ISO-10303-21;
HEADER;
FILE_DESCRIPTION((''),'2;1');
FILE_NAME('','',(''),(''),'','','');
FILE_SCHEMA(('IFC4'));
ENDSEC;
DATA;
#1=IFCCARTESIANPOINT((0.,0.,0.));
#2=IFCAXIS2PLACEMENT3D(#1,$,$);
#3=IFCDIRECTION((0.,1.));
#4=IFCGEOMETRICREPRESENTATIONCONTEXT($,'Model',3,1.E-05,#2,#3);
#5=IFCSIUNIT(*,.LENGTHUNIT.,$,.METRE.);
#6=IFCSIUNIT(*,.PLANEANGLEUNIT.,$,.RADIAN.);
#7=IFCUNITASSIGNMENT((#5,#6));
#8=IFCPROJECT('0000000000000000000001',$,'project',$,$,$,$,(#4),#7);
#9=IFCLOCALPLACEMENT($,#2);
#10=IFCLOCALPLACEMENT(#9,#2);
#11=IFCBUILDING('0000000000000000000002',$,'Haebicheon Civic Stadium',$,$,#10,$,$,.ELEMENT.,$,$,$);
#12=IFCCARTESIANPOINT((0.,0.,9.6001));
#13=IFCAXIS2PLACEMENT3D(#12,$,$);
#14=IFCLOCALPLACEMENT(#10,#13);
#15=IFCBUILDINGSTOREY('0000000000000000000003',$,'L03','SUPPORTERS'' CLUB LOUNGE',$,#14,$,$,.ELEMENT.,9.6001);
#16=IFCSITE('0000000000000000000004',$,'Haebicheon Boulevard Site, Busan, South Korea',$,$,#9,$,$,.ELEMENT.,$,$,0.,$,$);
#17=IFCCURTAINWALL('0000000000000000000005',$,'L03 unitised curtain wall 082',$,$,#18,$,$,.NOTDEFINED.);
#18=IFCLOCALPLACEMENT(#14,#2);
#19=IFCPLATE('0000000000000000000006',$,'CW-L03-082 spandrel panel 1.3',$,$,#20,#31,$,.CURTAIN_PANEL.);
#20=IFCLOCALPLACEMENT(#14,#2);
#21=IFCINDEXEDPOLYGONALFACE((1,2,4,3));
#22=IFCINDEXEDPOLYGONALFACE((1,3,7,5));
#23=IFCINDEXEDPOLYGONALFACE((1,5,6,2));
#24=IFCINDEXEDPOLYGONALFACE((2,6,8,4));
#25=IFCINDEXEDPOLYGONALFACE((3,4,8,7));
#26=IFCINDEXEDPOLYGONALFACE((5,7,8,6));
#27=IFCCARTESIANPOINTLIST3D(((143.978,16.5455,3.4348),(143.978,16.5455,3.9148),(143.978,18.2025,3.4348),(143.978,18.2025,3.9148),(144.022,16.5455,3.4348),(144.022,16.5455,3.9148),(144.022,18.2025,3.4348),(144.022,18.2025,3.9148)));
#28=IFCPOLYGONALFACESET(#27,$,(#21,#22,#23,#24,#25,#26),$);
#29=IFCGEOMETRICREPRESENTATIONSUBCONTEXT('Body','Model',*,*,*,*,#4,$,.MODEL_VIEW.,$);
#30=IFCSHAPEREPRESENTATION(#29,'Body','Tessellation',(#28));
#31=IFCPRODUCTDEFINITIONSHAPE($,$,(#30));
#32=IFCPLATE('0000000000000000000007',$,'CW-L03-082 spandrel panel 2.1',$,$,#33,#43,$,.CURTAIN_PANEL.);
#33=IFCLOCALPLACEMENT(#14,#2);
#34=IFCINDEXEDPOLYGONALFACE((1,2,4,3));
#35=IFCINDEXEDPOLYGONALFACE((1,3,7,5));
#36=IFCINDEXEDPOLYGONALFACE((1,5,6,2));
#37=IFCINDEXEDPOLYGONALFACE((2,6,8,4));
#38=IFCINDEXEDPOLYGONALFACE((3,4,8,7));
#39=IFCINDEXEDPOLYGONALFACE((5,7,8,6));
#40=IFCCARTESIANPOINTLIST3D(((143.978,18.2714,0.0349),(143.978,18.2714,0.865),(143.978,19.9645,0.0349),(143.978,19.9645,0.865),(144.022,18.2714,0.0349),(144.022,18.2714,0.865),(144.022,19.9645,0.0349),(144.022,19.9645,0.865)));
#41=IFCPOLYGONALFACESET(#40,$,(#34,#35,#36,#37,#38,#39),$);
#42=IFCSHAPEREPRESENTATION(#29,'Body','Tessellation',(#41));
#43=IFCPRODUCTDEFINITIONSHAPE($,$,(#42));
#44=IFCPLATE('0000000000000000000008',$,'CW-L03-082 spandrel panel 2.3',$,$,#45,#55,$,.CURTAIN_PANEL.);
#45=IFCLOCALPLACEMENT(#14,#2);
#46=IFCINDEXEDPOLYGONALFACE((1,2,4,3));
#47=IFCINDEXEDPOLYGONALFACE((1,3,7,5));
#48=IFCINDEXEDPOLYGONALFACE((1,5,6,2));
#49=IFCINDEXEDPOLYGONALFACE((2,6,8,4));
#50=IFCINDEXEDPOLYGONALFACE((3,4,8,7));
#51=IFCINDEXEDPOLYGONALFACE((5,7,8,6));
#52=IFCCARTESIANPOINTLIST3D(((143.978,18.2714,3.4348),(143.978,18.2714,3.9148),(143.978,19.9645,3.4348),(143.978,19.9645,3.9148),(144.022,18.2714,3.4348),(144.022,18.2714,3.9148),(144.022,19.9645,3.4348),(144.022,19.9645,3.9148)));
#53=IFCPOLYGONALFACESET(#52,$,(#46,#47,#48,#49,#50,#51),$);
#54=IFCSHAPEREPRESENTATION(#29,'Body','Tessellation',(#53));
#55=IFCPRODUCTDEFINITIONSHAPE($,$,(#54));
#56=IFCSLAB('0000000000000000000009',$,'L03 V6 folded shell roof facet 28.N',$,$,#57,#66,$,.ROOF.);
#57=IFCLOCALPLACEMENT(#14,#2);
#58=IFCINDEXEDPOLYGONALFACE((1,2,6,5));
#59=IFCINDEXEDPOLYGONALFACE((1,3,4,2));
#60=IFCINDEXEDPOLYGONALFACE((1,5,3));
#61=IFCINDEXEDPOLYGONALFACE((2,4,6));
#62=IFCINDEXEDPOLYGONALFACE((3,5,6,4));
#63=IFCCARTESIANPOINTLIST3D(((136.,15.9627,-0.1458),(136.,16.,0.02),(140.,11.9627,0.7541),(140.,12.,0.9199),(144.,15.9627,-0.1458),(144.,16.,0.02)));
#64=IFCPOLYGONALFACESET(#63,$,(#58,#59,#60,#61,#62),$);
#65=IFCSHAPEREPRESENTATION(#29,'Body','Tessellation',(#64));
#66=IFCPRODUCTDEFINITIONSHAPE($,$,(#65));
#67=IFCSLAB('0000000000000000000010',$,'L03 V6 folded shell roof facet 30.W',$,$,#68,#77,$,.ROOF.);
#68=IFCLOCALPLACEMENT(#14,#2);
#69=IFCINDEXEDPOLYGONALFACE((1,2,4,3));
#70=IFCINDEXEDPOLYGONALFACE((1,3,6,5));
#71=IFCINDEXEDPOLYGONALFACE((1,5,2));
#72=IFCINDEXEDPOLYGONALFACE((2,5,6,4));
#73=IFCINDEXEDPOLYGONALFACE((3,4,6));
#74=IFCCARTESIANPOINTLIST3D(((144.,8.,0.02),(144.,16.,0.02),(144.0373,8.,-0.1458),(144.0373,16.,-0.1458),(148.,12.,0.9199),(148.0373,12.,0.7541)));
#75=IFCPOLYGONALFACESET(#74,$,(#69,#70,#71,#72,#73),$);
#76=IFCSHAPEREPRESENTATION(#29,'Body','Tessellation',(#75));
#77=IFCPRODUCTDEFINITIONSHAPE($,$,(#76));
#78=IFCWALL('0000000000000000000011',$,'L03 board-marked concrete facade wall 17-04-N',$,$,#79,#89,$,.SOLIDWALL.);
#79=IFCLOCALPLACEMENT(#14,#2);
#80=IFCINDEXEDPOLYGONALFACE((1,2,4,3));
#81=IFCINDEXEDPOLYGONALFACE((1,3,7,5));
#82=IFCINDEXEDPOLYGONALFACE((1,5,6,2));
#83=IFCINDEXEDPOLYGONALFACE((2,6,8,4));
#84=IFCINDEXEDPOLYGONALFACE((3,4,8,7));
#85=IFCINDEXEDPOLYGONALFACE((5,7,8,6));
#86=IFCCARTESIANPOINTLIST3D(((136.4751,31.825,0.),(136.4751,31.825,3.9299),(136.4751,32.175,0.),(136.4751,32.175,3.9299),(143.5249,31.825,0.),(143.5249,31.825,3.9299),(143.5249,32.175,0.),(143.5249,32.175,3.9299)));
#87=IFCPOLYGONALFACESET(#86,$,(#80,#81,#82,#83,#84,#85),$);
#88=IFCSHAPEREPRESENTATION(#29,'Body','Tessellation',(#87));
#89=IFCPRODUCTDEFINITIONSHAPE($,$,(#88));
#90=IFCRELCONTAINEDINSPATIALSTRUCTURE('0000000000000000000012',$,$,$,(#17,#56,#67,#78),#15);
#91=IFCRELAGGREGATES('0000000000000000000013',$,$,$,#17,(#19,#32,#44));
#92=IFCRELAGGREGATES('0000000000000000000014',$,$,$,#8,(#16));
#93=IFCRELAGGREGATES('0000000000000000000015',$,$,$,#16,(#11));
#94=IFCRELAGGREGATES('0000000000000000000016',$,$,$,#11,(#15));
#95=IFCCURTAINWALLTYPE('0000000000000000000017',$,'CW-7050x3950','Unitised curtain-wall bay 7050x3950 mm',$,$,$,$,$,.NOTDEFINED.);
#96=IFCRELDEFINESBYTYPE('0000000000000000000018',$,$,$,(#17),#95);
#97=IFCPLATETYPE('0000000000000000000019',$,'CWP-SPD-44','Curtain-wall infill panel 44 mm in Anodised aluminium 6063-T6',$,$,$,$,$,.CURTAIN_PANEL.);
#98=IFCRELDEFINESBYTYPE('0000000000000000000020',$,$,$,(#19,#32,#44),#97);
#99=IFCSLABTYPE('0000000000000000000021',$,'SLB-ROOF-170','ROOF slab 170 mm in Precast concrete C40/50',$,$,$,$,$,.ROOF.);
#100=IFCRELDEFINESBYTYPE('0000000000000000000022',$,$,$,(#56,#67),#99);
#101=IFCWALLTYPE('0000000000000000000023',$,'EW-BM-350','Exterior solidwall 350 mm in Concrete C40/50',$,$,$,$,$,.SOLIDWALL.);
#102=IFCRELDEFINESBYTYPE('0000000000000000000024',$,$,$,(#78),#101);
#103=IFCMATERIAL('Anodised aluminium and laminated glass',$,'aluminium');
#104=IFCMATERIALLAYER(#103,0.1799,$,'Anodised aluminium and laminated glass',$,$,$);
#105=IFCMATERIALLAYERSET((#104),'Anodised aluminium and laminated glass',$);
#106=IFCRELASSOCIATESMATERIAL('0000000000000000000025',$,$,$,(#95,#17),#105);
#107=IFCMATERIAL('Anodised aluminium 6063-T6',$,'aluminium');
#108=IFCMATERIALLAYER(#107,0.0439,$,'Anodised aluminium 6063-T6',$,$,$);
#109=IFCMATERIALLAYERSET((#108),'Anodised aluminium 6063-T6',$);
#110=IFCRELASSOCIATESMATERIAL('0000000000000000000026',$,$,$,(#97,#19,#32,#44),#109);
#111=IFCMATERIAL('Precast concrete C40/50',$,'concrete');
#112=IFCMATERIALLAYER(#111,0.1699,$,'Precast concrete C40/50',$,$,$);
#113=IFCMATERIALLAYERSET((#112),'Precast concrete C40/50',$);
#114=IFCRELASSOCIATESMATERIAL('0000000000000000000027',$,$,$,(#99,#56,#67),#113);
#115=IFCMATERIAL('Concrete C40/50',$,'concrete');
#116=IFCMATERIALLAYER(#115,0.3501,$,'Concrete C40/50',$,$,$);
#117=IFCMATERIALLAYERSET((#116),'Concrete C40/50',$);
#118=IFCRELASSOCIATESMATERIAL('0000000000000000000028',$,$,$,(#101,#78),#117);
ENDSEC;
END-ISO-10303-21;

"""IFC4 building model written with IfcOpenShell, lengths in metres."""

from ifc_helpers import new_model, si_unit, direction, frame, frame_2d, origin, origin_2d, place, context, subcontext, project, spatial, polyline, rectangle, outline, extrude, material, layer, layer_set, type_object, element, aggregate, save


model = new_model("IFC4")

# Units and contexts
model_context = context("Model", 3, precision=1e-05, world=origin(), true_north=direction((0.0, 1.0)))
body_context = subcontext(model_context, "Body", "Model", "MODEL_VIEW")
ifc_project = project(units=[si_unit("LENGTHUNIT", "METRE"), si_unit("PLANEANGLEUNIT", "RADIAN")], contexts=[model_context])

# Site, building, storey
site_placement = place(None, origin())
site = spatial("IfcSite", under=ifc_project, at=site_placement, Name="Haebicheon Boulevard Site, Busan, South Korea", CompositionType="ELEMENT", RefElevation=0.0)
building_placement = place(site_placement, origin())
building = spatial("IfcBuilding", under=site, at=building_placement, Name="Haebicheon Civic Stadium", CompositionType="ELEMENT")
storey_placement = place(building_placement, frame((0.0, 0.0, 9.6001)))
storey = spatial("IfcBuildingStorey", under=building, at=storey_placement, Name="L03", Description="SUPPORTERS' CLUB LOUNGE", CompositionType="ELEMENT", Elevation=9.6001)

# Curtain wall
ifc_material_1 = material(Name="Anodised aluminium and laminated glass", Category="aluminium")
ifc_layer_1 = layer(ifc_material_1, 0.1799, Name="Anodised aluminium and laminated glass")
ifc_layer_set_1 = layer_set([ifc_layer_1], Name="Anodised aluminium and laminated glass")
curtain_wall_type = type_object("IfcCurtainWallType", Name="CW-7050x3950", Description="Unitised curtain-wall bay 7050x3950 mm", PredefinedType="NOTDEFINED", material=ifc_layer_set_1)
curtain_wall_placement = place(storey_placement, origin())
curtain_wall = element("IfcCurtainWall", 1, at=curtain_wall_placement, inside=storey, type_object=curtain_wall_type, material=ifc_layer_set_1, Name="L03 unitised curtain wall 082", PredefinedType="NOTDEFINED")

# Plates
ifc_material_2 = material(Name="Anodised aluminium 6063-T6", Category="aluminium")
ifc_layer_2 = layer(ifc_material_2, 0.0439, Name="Anodised aluminium 6063-T6")
ifc_layer_set_2 = layer_set([ifc_layer_2], Name="Anodised aluminium 6063-T6")
plate_type_1 = type_object("IfcPlateType", Name="CWP-SPD-44", Description="Curtain-wall infill panel 44 mm in Anodised aluminium 6063-T6", PredefinedType="CURTAIN_PANEL", material=ifc_layer_set_2)
plate_1_placement = place(storey_placement, frame((144.0, 17.374, 3.4348), z_axis=(0.0, 0.0, 1.0), x_axis=(0.0, 1.0, 0.0)))
plate_1 = element("IfcPlate", 2, at=plate_1_placement, type_object=plate_type_1, material=ifc_layer_set_2, Name="CW-L03-082 spandrel panel 1.3", PredefinedType="CURTAIN_PANEL", context=body_context, shape_type="SweptSolid", body=[
    extrude(rectangle(XDim=1.657, YDim=0.0439, at=origin_2d()), origin(), (0.0, 0.0, 1.0), 0.48),
])
plate_2_placement = place(storey_placement, frame((144.0, 19.1179, 0.0349), z_axis=(0.0, 0.0, 1.0), x_axis=(0.0, 1.0, 0.0)))
plate_2 = element("IfcPlate", 3, at=plate_2_placement, type_object=plate_type_1, material=ifc_layer_set_2, Name="CW-L03-082 spandrel panel 2.1", PredefinedType="CURTAIN_PANEL", context=body_context, shape_type="SweptSolid", body=[
    extrude(rectangle(XDim=1.6931, YDim=0.0439, at=origin_2d()), origin(), (0.0, 0.0, 1.0), 0.8301),
])
plate_3_placement = place(storey_placement, frame((144.0, 19.1179, 3.4348), z_axis=(0.0, 0.0, 1.0), x_axis=(0.0, 1.0, 0.0)))
plate_3 = element("IfcPlate", 4, at=plate_3_placement, type_object=plate_type_1, material=ifc_layer_set_2, Name="CW-L03-082 spandrel panel 2.3", PredefinedType="CURTAIN_PANEL", context=body_context, shape_type="SweptSolid", body=[
    extrude(rectangle(XDim=1.6931, YDim=0.0439, at=origin_2d()), origin(), (0.0, 0.0, 1.0), 0.48),
])
aggregate(curtain_wall, [plate_1, plate_2, plate_3])

# Slabs
ifc_material_3 = material(Name="Precast concrete C40/50", Category="concrete")
ifc_layer_3 = layer(ifc_material_3, 0.1699, Name="Precast concrete C40/50")
ifc_layer_set_3 = layer_set([ifc_layer_3], Name="Precast concrete C40/50")
slab_type = type_object("IfcSlabType", Name="SLB-ROOF-170", Description="ROOF slab 170 mm in Precast concrete C40/50", PredefinedType="ROOF", material=ifc_layer_set_3)
for number, where, z_axis, x_axis, name in (
    (5, (144.0, 16.0, 0.02), (0.0, 0.21949, 0.975615), (-1.0, 0.0, 0.0), "L03 V6 folded shell roof facet 28.N"),
    (6, (144.0, 16.0, 0.02), (-0.21949, 0.0, 0.975615), (0.0, -1.0, 0.0), "L03 V6 folded shell roof facet 30.W"),
):
    element("IfcSlab", number, at=place(storey_placement, frame(where, z_axis=z_axis, x_axis=x_axis)), inside=storey, type_object=slab_type, material=ifc_layer_set_3, Name=name, PredefinedType="ROOF", context=body_context, shape_type="SweptSolid", body=[
        extrude(outline(polyline([(0.0, 0.0), (8.0, 0.0), (4.0, 4.1), (0.0, 0.0)])), origin(), (0.0, 0.0, -1.0), 0.1699),
    ])

# Wall
ifc_material_4 = material(Name="Concrete C40/50", Category="concrete")
ifc_layer_4 = layer(ifc_material_4, 0.3501, Name="Concrete C40/50")
ifc_layer_set_4 = layer_set([ifc_layer_4], Name="Concrete C40/50")
wall_type = type_object("IfcWallType", Name="EW-BM-350", Description="Exterior solidwall 350 mm in Concrete C40/50", PredefinedType="SOLIDWALL", material=ifc_layer_set_4)
wall_placement = place(storey_placement, frame((136.4751, 32.0, 0.0), z_axis=(0.0, 0.0, 1.0), x_axis=(1.0, 0.0, 0.0)))
element("IfcWall", 7, at=wall_placement, inside=storey, type_object=wall_type, material=ifc_layer_set_4, Name="L03 board-marked concrete facade wall 17-04-N", PredefinedType="SOLIDWALL", context=body_context, shape_type="SweptSolid", body=[
    extrude(rectangle(XDim=7.0498, YDim=0.3501, at=frame_2d((3.5249, 0.0))), origin(), (0.0, 0.0, 1.0), 3.9299),
])

save(model, "model.ifc")
